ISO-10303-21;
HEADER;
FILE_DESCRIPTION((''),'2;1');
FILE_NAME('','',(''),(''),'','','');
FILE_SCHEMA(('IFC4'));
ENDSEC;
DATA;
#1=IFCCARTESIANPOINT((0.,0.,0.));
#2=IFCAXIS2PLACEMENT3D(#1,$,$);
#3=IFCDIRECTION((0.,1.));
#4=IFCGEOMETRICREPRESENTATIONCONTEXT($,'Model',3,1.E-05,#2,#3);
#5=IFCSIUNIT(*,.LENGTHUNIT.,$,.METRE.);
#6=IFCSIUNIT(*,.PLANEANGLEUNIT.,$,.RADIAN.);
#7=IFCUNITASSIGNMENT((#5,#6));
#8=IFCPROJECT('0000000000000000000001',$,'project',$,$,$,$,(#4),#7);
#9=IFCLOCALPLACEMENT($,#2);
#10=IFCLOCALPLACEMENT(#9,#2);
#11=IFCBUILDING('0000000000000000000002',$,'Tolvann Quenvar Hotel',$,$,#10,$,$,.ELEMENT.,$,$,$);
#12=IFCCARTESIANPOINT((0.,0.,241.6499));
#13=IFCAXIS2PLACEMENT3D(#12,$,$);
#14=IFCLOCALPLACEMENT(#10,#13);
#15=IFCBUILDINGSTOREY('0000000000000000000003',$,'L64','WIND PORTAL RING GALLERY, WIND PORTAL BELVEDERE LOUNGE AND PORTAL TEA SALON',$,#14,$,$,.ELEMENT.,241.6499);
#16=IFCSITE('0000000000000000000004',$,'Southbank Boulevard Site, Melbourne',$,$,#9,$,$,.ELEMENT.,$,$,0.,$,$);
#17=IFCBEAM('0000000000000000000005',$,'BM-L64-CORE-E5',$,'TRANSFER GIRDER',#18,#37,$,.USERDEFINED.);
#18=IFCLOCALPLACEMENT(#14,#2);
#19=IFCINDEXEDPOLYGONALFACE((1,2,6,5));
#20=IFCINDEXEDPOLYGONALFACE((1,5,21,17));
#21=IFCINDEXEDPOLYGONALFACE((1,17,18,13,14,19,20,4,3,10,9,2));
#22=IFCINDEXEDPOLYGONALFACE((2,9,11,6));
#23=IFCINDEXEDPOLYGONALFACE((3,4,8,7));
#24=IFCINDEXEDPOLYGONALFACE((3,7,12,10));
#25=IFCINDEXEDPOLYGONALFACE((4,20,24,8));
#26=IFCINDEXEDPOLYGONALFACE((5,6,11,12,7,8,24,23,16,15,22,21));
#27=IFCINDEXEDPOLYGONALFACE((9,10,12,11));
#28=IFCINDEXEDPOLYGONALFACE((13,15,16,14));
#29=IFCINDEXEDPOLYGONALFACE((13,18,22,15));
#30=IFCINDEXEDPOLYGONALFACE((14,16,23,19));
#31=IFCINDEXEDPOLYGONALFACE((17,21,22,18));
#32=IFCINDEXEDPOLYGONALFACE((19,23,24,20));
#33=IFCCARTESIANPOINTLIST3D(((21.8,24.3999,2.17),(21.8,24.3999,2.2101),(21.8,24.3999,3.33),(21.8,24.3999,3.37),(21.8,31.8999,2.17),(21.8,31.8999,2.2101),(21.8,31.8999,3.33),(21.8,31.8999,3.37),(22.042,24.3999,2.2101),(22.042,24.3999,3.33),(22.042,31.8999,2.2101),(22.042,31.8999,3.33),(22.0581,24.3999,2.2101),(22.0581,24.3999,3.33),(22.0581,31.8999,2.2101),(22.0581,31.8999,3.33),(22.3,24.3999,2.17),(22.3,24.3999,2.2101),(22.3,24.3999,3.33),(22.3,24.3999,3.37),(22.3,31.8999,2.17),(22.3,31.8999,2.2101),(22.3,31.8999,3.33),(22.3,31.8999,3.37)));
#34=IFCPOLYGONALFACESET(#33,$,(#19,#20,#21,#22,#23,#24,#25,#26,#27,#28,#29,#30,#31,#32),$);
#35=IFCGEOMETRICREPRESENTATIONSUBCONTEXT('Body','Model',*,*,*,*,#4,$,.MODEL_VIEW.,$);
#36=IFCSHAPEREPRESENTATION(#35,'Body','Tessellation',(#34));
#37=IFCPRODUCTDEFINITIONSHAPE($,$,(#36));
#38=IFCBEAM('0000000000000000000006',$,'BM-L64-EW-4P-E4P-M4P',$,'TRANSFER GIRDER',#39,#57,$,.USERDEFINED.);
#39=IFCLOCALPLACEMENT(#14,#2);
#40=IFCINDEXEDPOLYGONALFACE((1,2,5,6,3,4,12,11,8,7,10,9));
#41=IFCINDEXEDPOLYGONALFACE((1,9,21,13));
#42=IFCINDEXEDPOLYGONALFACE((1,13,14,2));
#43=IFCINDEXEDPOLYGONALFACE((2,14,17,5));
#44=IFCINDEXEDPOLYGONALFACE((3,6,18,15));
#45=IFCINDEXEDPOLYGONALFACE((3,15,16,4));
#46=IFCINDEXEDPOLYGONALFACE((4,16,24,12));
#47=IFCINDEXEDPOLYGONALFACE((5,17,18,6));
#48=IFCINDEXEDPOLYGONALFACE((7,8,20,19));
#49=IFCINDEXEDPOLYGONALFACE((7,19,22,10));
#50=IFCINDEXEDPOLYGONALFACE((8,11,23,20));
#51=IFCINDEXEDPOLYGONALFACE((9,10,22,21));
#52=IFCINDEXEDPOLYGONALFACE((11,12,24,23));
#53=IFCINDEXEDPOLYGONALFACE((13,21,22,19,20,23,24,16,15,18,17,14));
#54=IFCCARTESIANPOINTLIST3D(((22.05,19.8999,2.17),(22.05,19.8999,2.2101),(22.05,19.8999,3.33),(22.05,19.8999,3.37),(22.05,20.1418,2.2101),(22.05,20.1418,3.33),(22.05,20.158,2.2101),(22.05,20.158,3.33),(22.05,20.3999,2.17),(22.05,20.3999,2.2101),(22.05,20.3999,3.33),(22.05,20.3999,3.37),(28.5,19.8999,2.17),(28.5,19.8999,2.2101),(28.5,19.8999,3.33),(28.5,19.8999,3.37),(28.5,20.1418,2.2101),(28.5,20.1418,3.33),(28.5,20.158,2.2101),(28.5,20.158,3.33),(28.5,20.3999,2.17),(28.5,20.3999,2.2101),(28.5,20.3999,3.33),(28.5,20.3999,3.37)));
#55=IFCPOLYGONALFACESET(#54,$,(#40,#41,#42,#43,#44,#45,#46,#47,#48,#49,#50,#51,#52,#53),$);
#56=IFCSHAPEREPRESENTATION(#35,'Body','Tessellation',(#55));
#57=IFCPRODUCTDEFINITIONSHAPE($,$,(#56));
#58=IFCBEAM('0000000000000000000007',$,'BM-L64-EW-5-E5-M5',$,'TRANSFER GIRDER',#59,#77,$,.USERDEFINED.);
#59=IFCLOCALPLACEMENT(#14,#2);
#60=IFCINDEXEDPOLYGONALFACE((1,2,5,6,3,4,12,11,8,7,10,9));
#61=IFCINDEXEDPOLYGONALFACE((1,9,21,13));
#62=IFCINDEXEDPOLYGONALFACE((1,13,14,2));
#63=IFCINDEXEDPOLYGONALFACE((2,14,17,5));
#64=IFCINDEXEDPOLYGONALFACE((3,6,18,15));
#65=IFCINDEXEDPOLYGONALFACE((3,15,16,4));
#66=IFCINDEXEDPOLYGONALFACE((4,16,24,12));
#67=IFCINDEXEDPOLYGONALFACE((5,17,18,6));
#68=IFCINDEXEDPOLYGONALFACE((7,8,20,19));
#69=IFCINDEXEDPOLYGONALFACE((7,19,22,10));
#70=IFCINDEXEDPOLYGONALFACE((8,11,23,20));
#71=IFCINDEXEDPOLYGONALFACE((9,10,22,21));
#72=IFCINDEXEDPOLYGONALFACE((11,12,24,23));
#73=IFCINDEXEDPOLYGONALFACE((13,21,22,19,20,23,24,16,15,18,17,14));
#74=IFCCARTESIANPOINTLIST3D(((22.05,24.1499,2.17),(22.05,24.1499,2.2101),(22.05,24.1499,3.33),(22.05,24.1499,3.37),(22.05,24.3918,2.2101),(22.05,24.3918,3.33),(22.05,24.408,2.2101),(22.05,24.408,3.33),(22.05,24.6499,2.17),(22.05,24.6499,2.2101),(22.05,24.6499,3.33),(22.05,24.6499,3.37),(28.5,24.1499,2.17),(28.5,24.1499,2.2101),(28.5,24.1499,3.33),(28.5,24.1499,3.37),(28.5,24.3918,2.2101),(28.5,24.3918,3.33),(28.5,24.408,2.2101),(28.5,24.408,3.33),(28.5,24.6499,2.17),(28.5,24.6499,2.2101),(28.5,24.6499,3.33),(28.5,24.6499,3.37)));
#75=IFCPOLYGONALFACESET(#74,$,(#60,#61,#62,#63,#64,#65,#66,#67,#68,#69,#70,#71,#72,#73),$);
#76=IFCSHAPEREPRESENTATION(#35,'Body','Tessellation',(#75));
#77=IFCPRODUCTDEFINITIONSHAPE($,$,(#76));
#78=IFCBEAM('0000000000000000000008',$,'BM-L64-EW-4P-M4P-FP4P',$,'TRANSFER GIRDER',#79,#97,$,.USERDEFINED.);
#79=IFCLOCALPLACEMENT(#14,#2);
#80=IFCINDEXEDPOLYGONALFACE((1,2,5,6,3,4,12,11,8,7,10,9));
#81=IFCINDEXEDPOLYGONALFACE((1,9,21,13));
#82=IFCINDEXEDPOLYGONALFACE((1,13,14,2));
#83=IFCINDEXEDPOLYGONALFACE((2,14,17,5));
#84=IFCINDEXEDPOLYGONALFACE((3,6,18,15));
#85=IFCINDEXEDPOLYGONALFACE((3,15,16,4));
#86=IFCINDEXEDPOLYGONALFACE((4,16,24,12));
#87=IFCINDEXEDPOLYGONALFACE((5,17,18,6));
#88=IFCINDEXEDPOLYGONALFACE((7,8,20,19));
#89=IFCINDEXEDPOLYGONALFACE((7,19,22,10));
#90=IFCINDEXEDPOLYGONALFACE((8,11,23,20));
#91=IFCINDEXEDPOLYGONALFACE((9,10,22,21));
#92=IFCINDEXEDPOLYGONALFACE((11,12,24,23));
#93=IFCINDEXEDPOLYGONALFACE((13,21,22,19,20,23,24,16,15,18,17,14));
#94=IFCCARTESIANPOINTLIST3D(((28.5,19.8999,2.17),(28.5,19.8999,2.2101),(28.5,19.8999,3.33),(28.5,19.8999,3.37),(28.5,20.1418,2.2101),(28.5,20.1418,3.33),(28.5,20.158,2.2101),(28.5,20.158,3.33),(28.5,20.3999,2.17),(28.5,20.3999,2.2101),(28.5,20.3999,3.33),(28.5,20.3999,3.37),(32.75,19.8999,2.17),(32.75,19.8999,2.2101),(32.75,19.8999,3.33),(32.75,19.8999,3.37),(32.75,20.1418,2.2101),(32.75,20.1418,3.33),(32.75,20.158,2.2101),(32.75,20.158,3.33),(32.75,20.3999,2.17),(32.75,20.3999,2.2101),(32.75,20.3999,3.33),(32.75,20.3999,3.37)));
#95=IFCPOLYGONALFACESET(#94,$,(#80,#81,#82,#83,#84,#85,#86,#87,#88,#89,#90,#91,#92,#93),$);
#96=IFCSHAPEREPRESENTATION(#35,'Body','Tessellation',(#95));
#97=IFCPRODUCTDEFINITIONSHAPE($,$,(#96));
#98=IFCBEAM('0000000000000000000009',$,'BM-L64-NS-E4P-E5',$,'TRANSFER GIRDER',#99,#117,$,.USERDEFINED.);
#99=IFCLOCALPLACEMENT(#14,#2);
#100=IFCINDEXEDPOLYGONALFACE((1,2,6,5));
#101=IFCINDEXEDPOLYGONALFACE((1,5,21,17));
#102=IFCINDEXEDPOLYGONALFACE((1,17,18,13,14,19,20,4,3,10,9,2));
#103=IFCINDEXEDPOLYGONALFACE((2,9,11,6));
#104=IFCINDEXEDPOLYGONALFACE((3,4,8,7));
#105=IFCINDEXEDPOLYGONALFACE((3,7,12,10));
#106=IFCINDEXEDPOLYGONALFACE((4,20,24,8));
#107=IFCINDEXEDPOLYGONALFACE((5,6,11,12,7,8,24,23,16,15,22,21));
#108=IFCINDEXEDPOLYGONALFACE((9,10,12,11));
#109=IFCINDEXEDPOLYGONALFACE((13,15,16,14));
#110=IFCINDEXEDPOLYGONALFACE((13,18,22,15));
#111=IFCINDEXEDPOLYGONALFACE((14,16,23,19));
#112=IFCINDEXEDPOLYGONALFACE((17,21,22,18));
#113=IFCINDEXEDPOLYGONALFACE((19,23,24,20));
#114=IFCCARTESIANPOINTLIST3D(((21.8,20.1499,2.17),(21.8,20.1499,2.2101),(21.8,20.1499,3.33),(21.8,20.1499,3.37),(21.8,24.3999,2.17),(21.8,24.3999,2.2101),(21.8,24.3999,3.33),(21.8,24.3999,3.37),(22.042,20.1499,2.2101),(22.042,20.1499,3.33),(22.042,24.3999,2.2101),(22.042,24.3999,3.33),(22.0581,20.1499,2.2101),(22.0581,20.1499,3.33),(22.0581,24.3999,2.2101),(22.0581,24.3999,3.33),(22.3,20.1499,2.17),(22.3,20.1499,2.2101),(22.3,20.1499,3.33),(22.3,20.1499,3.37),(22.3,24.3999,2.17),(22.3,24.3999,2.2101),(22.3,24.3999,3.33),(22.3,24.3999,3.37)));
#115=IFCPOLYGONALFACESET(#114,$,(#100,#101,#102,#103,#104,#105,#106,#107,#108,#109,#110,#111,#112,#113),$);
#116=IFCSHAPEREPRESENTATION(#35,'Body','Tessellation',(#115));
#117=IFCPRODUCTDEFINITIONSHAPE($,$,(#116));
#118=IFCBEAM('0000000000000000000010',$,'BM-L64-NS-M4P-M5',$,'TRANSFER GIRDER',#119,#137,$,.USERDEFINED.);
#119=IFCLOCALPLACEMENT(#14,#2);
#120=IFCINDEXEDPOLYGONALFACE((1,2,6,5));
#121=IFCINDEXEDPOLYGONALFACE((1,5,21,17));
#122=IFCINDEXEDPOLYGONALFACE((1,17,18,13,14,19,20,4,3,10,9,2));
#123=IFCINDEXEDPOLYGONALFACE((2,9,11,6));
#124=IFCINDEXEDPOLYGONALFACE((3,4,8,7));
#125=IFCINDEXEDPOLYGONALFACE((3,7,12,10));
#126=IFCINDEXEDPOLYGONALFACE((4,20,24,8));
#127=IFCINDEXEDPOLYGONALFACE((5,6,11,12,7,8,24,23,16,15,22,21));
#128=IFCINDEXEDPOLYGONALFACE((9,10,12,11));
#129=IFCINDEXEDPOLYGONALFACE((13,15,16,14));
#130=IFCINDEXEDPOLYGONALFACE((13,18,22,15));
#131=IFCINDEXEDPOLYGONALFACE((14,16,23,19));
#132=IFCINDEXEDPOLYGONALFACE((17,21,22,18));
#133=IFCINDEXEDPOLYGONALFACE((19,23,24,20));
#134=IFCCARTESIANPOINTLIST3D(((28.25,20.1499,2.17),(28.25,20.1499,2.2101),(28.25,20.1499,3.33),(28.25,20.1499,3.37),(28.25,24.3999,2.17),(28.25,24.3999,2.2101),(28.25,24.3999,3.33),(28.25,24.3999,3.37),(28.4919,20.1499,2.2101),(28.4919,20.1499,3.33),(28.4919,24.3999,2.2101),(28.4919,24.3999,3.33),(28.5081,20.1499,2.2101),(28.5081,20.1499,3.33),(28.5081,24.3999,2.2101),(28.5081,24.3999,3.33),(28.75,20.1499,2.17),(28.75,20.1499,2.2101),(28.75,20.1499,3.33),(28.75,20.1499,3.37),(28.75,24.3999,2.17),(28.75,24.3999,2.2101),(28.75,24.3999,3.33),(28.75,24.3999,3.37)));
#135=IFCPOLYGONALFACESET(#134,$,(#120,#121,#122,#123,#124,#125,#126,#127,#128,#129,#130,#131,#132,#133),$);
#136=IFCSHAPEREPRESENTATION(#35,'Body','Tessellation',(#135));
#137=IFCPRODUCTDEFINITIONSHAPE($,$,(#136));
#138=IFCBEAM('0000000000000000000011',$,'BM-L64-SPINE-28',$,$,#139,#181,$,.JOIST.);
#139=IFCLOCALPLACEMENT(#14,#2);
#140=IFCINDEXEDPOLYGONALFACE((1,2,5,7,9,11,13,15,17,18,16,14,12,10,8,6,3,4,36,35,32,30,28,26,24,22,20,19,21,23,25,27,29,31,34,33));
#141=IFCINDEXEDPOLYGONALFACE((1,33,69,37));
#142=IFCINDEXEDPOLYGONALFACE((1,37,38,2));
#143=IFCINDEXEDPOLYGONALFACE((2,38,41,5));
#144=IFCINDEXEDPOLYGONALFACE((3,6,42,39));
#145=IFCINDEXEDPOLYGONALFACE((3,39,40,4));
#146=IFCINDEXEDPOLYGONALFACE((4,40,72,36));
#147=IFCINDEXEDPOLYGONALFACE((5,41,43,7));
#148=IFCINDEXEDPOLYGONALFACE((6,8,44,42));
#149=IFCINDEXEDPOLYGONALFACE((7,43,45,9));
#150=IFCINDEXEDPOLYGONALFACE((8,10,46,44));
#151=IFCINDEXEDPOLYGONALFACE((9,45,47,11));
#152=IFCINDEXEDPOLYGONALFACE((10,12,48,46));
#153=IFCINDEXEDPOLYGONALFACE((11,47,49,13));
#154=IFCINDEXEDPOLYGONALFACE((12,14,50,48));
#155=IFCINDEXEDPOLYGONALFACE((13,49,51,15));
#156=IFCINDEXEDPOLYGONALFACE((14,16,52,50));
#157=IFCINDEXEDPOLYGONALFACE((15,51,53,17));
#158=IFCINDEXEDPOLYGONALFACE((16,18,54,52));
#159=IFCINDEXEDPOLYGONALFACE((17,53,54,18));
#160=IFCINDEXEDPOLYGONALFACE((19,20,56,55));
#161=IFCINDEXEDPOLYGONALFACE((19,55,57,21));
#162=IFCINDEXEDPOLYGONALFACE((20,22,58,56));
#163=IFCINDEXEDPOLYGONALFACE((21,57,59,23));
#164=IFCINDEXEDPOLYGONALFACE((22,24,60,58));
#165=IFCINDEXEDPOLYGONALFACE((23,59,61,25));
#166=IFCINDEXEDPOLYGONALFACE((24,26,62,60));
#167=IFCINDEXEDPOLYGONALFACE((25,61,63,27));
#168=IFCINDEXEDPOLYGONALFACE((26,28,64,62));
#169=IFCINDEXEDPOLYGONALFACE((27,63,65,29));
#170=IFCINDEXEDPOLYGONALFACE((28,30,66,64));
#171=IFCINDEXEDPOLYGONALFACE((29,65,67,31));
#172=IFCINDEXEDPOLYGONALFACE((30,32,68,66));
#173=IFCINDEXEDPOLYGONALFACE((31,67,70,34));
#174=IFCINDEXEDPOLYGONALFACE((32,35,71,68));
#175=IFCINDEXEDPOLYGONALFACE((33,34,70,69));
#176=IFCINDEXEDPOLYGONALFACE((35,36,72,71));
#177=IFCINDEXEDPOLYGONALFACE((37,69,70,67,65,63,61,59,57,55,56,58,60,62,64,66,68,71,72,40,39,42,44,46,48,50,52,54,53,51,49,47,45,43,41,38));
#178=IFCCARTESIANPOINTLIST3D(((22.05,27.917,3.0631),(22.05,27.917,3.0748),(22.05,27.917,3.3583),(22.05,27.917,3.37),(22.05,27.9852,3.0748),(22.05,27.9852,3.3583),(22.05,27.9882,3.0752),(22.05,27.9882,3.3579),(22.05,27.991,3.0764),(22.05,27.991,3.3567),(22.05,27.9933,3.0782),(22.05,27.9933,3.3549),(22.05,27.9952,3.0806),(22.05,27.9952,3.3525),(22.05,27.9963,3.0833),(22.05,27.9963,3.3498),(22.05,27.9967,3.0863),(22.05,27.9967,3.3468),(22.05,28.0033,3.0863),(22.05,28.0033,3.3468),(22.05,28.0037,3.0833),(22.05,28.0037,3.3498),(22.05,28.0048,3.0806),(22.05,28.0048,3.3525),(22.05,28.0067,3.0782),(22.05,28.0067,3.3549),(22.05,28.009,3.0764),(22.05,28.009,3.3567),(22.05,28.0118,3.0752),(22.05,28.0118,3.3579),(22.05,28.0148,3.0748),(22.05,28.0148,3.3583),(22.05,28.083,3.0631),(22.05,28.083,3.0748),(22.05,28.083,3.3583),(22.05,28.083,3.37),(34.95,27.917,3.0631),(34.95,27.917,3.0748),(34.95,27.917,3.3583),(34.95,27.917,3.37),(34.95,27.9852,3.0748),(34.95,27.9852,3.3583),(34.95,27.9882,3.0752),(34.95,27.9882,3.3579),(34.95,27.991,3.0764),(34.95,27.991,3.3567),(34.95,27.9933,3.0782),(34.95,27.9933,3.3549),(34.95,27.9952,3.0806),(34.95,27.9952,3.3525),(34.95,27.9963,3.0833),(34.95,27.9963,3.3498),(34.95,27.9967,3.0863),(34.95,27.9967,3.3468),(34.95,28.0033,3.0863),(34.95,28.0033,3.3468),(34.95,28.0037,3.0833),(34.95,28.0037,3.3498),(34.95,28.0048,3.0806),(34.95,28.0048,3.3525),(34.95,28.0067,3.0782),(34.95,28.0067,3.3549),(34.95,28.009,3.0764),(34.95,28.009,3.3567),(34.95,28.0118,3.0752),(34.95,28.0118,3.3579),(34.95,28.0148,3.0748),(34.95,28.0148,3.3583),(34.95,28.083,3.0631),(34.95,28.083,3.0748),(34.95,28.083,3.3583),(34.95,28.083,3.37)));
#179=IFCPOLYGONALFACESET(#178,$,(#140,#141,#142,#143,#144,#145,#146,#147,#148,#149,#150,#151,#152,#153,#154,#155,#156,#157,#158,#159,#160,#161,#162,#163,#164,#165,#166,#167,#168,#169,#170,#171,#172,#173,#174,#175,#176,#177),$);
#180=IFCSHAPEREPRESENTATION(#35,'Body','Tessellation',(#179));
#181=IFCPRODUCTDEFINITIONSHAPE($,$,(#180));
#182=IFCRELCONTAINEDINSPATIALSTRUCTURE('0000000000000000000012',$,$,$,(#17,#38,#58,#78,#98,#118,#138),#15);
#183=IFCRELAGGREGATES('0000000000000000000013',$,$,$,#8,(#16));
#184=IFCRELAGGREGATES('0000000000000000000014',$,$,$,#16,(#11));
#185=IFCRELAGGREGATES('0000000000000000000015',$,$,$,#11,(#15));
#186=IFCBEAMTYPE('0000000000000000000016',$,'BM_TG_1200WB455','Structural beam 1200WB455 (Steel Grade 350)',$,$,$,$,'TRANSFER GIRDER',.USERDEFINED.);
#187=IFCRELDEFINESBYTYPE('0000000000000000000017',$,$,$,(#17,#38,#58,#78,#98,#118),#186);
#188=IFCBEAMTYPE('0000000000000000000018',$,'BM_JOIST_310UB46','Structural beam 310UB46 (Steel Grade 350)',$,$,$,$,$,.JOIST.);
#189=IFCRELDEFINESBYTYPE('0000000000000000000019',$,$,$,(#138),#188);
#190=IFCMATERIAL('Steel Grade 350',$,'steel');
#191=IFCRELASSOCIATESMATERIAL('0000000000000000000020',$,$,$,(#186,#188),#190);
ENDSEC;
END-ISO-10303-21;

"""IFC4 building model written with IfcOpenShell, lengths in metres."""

from ifc_helpers import new_model, si_unit, direction, frame, origin, origin_2d, place, context, subcontext, project, spatial, i_section, extrude, source, transform, mapped, material, material_profile, profile_set, type_object, type_shapes, element, save


model = new_model("IFC4")

# Units and contexts
model_context = context("Model", 3, precision=1e-05, world=origin(), true_north=direction((0.0, 1.0)))
body_context = subcontext(model_context, "Body", "Model", "MODEL_VIEW")
ifc_project = project(units=[si_unit("LENGTHUNIT", "METRE"), si_unit("PLANEANGLEUNIT", "RADIAN")], contexts=[model_context])

# Site, building, storey
site_placement = place(None, origin())
site = spatial("IfcSite", under=ifc_project, at=site_placement, Name="Southbank Boulevard Site, Melbourne", CompositionType="ELEMENT", RefElevation=0.0)
building_placement = place(site_placement, origin())
building = spatial("IfcBuilding", under=site, at=building_placement, Name="Tolvann Quenvar Hotel", CompositionType="ELEMENT")
storey_placement = place(building_placement, frame((0.0, 0.0, 241.6499)))
storey = spatial("IfcBuildingStorey", under=building, at=storey_placement, Name="L64", Description="WIND PORTAL RING GALLERY, WIND PORTAL BELVEDERE LOUNGE AND PORTAL TEA SALON", CompositionType="ELEMENT", Elevation=241.6499)

# Shared definitions
ifc_material_1 = material(Name="Steel Grade 350", Category="steel")

# Beams
ifc_material_profile_1 = material_profile(ifc_material_1, i_section(OverallWidth=0.5, OverallDepth=1.2, WebThickness=0.0161, FlangeThickness=0.04, at=origin_2d()), Name="1200WB455")
ifc_profile_set_1 = profile_set([ifc_material_profile_1], Name="Steel Grade 350")
beam_type_1 = type_object("IfcBeamType", Name="BM_TG_1200WB455", Description="Structural beam 1200WB455 (Steel Grade 350)", ElementType="TRANSFER GIRDER", PredefinedType="USERDEFINED", material=ifc_profile_set_1)
shared_shape_1 = source(origin(), body_context, "Body", "SweptSolid", [
    extrude(i_section(OverallWidth=0.5, OverallDepth=1.2, WebThickness=0.0161, FlangeThickness=0.04, at=origin_2d()), origin(), (0.0, 0.0, 1.0), 7.5),
])
beam_1_placement = place(storey_placement, frame((22.05, 24.3999, 2.77), z_axis=(0.0, 1.0, 0.0), x_axis=(-1.0, 0.0, 0.0)))
element("IfcBeam", 1, at=beam_1_placement, inside=storey, type_object=beam_type_1, Name="BM-L64-CORE-E5", ObjectType="TRANSFER GIRDER", PredefinedType="USERDEFINED", context=body_context, shape_type="MappedRepresentation", body=[
    mapped(shared_shape_1, transform((0.0, 0.0, 0.0), x_axis=(1.0, 0.0, 0.0), y_axis=(0.0, 1.0, 0.0), z_axis=(0.0, 0.0, 1.0), scale=1.0)),
])
shared_shape_2 = source(origin(), body_context, "Body", "SweptSolid", [
    extrude(i_section(OverallWidth=0.5, OverallDepth=1.2, WebThickness=0.0161, FlangeThickness=0.04, at=origin_2d()), origin(), (0.0, 0.0, 1.0), 6.45),
])
for number, where, z_axis, x_axis, name in (
    (2, (22.05, 20.1499, 2.77), (1.0, 0.0, 0.0), (0.0, 1.0, 0.0), "BM-L64-EW-4P-E4P-M4P"),
    (3, (22.05, 24.3999, 2.77), (1.0, 0.0, 0.0), (0.0, 1.0, 0.0), "BM-L64-EW-5-E5-M5"),
):
    element("IfcBeam", number, at=place(storey_placement, frame(where, z_axis=z_axis, x_axis=x_axis)), inside=storey, type_object=beam_type_1, Name=name, ObjectType="TRANSFER GIRDER", PredefinedType="USERDEFINED", context=body_context, shape_type="MappedRepresentation", body=[
        mapped(shared_shape_2, transform((0.0, 0.0, 0.0), x_axis=(1.0, 0.0, 0.0), y_axis=(0.0, 1.0, 0.0), z_axis=(0.0, 0.0, 1.0), scale=1.0)),
    ])
shared_shape_3 = source(origin(), body_context, "Body", "SweptSolid", [
    extrude(i_section(OverallWidth=0.5, OverallDepth=1.2, WebThickness=0.0161, FlangeThickness=0.04, at=origin_2d()), origin(), (0.0, 0.0, 1.0), 4.25),
])
type_shapes(beam_type_1, [shared_shape_1, shared_shape_2, shared_shape_3])
for number, where, z_axis, x_axis, name in (
    (4, (28.5, 20.1499, 2.77), (1.0, 0.0, 0.0), (0.0, 1.0, 0.0), "BM-L64-EW-4P-M4P-FP4P"),
    (5, (22.05, 20.1499, 2.77), (0.0, 1.0, 0.0), (-1.0, 0.0, 0.0), "BM-L64-NS-E4P-E5"),
    (6, (28.5, 20.1499, 2.77), (0.0, 1.0, 0.0), (-1.0, 0.0, 0.0), "BM-L64-NS-M4P-M5"),
):
    element("IfcBeam", number, at=place(storey_placement, frame(where, z_axis=z_axis, x_axis=x_axis)), inside=storey, type_object=beam_type_1, Name=name, ObjectType="TRANSFER GIRDER", PredefinedType="USERDEFINED", context=body_context, shape_type="MappedRepresentation", body=[
        mapped(shared_shape_3, transform((0.0, 0.0, 0.0), x_axis=(1.0, 0.0, 0.0), y_axis=(0.0, 1.0, 0.0), z_axis=(0.0, 0.0, 1.0), scale=1.0)),
    ])
ifc_material_profile_2 = material_profile(ifc_material_1, i_section(OverallWidth=0.166, OverallDepth=0.3069, WebThickness=0.0066, FlangeThickness=0.0117, FilletRadius=0.0115, at=origin_2d()), Name="310UB46")
ifc_profile_set_2 = profile_set([ifc_material_profile_2], Name="Steel Grade 350")
beam_type_2 = type_object("IfcBeamType", Name="BM_JOIST_310UB46", Description="Structural beam 310UB46 (Steel Grade 350)", PredefinedType="JOIST", material=ifc_profile_set_2)
shared_shape_4 = source(origin(), body_context, "Body", "SweptSolid", [
    extrude(i_section(OverallWidth=0.166, OverallDepth=0.3069, WebThickness=0.0066, FlangeThickness=0.0117, FilletRadius=0.0115, at=origin_2d()), origin(), (0.0, 0.0, 1.0), 12.8999),
])
beam_2_placement = place(storey_placement, frame((22.05, 28.0, 3.2166), z_axis=(1.0, 0.0, 0.0), x_axis=(0.0, 1.0, 0.0)))
element("IfcBeam", 7, at=beam_2_placement, inside=storey, type_object=beam_type_2, Name="BM-L64-SPINE-28", PredefinedType="JOIST", context=body_context, shape_type="MappedRepresentation", body=[
    mapped(shared_shape_4, transform((0.0, 0.0, 0.0), x_axis=(1.0, 0.0, 0.0), y_axis=(0.0, 1.0, 0.0), z_axis=(0.0, 0.0, 1.0), scale=1.0)),
])

save(model, "model.ifc")
